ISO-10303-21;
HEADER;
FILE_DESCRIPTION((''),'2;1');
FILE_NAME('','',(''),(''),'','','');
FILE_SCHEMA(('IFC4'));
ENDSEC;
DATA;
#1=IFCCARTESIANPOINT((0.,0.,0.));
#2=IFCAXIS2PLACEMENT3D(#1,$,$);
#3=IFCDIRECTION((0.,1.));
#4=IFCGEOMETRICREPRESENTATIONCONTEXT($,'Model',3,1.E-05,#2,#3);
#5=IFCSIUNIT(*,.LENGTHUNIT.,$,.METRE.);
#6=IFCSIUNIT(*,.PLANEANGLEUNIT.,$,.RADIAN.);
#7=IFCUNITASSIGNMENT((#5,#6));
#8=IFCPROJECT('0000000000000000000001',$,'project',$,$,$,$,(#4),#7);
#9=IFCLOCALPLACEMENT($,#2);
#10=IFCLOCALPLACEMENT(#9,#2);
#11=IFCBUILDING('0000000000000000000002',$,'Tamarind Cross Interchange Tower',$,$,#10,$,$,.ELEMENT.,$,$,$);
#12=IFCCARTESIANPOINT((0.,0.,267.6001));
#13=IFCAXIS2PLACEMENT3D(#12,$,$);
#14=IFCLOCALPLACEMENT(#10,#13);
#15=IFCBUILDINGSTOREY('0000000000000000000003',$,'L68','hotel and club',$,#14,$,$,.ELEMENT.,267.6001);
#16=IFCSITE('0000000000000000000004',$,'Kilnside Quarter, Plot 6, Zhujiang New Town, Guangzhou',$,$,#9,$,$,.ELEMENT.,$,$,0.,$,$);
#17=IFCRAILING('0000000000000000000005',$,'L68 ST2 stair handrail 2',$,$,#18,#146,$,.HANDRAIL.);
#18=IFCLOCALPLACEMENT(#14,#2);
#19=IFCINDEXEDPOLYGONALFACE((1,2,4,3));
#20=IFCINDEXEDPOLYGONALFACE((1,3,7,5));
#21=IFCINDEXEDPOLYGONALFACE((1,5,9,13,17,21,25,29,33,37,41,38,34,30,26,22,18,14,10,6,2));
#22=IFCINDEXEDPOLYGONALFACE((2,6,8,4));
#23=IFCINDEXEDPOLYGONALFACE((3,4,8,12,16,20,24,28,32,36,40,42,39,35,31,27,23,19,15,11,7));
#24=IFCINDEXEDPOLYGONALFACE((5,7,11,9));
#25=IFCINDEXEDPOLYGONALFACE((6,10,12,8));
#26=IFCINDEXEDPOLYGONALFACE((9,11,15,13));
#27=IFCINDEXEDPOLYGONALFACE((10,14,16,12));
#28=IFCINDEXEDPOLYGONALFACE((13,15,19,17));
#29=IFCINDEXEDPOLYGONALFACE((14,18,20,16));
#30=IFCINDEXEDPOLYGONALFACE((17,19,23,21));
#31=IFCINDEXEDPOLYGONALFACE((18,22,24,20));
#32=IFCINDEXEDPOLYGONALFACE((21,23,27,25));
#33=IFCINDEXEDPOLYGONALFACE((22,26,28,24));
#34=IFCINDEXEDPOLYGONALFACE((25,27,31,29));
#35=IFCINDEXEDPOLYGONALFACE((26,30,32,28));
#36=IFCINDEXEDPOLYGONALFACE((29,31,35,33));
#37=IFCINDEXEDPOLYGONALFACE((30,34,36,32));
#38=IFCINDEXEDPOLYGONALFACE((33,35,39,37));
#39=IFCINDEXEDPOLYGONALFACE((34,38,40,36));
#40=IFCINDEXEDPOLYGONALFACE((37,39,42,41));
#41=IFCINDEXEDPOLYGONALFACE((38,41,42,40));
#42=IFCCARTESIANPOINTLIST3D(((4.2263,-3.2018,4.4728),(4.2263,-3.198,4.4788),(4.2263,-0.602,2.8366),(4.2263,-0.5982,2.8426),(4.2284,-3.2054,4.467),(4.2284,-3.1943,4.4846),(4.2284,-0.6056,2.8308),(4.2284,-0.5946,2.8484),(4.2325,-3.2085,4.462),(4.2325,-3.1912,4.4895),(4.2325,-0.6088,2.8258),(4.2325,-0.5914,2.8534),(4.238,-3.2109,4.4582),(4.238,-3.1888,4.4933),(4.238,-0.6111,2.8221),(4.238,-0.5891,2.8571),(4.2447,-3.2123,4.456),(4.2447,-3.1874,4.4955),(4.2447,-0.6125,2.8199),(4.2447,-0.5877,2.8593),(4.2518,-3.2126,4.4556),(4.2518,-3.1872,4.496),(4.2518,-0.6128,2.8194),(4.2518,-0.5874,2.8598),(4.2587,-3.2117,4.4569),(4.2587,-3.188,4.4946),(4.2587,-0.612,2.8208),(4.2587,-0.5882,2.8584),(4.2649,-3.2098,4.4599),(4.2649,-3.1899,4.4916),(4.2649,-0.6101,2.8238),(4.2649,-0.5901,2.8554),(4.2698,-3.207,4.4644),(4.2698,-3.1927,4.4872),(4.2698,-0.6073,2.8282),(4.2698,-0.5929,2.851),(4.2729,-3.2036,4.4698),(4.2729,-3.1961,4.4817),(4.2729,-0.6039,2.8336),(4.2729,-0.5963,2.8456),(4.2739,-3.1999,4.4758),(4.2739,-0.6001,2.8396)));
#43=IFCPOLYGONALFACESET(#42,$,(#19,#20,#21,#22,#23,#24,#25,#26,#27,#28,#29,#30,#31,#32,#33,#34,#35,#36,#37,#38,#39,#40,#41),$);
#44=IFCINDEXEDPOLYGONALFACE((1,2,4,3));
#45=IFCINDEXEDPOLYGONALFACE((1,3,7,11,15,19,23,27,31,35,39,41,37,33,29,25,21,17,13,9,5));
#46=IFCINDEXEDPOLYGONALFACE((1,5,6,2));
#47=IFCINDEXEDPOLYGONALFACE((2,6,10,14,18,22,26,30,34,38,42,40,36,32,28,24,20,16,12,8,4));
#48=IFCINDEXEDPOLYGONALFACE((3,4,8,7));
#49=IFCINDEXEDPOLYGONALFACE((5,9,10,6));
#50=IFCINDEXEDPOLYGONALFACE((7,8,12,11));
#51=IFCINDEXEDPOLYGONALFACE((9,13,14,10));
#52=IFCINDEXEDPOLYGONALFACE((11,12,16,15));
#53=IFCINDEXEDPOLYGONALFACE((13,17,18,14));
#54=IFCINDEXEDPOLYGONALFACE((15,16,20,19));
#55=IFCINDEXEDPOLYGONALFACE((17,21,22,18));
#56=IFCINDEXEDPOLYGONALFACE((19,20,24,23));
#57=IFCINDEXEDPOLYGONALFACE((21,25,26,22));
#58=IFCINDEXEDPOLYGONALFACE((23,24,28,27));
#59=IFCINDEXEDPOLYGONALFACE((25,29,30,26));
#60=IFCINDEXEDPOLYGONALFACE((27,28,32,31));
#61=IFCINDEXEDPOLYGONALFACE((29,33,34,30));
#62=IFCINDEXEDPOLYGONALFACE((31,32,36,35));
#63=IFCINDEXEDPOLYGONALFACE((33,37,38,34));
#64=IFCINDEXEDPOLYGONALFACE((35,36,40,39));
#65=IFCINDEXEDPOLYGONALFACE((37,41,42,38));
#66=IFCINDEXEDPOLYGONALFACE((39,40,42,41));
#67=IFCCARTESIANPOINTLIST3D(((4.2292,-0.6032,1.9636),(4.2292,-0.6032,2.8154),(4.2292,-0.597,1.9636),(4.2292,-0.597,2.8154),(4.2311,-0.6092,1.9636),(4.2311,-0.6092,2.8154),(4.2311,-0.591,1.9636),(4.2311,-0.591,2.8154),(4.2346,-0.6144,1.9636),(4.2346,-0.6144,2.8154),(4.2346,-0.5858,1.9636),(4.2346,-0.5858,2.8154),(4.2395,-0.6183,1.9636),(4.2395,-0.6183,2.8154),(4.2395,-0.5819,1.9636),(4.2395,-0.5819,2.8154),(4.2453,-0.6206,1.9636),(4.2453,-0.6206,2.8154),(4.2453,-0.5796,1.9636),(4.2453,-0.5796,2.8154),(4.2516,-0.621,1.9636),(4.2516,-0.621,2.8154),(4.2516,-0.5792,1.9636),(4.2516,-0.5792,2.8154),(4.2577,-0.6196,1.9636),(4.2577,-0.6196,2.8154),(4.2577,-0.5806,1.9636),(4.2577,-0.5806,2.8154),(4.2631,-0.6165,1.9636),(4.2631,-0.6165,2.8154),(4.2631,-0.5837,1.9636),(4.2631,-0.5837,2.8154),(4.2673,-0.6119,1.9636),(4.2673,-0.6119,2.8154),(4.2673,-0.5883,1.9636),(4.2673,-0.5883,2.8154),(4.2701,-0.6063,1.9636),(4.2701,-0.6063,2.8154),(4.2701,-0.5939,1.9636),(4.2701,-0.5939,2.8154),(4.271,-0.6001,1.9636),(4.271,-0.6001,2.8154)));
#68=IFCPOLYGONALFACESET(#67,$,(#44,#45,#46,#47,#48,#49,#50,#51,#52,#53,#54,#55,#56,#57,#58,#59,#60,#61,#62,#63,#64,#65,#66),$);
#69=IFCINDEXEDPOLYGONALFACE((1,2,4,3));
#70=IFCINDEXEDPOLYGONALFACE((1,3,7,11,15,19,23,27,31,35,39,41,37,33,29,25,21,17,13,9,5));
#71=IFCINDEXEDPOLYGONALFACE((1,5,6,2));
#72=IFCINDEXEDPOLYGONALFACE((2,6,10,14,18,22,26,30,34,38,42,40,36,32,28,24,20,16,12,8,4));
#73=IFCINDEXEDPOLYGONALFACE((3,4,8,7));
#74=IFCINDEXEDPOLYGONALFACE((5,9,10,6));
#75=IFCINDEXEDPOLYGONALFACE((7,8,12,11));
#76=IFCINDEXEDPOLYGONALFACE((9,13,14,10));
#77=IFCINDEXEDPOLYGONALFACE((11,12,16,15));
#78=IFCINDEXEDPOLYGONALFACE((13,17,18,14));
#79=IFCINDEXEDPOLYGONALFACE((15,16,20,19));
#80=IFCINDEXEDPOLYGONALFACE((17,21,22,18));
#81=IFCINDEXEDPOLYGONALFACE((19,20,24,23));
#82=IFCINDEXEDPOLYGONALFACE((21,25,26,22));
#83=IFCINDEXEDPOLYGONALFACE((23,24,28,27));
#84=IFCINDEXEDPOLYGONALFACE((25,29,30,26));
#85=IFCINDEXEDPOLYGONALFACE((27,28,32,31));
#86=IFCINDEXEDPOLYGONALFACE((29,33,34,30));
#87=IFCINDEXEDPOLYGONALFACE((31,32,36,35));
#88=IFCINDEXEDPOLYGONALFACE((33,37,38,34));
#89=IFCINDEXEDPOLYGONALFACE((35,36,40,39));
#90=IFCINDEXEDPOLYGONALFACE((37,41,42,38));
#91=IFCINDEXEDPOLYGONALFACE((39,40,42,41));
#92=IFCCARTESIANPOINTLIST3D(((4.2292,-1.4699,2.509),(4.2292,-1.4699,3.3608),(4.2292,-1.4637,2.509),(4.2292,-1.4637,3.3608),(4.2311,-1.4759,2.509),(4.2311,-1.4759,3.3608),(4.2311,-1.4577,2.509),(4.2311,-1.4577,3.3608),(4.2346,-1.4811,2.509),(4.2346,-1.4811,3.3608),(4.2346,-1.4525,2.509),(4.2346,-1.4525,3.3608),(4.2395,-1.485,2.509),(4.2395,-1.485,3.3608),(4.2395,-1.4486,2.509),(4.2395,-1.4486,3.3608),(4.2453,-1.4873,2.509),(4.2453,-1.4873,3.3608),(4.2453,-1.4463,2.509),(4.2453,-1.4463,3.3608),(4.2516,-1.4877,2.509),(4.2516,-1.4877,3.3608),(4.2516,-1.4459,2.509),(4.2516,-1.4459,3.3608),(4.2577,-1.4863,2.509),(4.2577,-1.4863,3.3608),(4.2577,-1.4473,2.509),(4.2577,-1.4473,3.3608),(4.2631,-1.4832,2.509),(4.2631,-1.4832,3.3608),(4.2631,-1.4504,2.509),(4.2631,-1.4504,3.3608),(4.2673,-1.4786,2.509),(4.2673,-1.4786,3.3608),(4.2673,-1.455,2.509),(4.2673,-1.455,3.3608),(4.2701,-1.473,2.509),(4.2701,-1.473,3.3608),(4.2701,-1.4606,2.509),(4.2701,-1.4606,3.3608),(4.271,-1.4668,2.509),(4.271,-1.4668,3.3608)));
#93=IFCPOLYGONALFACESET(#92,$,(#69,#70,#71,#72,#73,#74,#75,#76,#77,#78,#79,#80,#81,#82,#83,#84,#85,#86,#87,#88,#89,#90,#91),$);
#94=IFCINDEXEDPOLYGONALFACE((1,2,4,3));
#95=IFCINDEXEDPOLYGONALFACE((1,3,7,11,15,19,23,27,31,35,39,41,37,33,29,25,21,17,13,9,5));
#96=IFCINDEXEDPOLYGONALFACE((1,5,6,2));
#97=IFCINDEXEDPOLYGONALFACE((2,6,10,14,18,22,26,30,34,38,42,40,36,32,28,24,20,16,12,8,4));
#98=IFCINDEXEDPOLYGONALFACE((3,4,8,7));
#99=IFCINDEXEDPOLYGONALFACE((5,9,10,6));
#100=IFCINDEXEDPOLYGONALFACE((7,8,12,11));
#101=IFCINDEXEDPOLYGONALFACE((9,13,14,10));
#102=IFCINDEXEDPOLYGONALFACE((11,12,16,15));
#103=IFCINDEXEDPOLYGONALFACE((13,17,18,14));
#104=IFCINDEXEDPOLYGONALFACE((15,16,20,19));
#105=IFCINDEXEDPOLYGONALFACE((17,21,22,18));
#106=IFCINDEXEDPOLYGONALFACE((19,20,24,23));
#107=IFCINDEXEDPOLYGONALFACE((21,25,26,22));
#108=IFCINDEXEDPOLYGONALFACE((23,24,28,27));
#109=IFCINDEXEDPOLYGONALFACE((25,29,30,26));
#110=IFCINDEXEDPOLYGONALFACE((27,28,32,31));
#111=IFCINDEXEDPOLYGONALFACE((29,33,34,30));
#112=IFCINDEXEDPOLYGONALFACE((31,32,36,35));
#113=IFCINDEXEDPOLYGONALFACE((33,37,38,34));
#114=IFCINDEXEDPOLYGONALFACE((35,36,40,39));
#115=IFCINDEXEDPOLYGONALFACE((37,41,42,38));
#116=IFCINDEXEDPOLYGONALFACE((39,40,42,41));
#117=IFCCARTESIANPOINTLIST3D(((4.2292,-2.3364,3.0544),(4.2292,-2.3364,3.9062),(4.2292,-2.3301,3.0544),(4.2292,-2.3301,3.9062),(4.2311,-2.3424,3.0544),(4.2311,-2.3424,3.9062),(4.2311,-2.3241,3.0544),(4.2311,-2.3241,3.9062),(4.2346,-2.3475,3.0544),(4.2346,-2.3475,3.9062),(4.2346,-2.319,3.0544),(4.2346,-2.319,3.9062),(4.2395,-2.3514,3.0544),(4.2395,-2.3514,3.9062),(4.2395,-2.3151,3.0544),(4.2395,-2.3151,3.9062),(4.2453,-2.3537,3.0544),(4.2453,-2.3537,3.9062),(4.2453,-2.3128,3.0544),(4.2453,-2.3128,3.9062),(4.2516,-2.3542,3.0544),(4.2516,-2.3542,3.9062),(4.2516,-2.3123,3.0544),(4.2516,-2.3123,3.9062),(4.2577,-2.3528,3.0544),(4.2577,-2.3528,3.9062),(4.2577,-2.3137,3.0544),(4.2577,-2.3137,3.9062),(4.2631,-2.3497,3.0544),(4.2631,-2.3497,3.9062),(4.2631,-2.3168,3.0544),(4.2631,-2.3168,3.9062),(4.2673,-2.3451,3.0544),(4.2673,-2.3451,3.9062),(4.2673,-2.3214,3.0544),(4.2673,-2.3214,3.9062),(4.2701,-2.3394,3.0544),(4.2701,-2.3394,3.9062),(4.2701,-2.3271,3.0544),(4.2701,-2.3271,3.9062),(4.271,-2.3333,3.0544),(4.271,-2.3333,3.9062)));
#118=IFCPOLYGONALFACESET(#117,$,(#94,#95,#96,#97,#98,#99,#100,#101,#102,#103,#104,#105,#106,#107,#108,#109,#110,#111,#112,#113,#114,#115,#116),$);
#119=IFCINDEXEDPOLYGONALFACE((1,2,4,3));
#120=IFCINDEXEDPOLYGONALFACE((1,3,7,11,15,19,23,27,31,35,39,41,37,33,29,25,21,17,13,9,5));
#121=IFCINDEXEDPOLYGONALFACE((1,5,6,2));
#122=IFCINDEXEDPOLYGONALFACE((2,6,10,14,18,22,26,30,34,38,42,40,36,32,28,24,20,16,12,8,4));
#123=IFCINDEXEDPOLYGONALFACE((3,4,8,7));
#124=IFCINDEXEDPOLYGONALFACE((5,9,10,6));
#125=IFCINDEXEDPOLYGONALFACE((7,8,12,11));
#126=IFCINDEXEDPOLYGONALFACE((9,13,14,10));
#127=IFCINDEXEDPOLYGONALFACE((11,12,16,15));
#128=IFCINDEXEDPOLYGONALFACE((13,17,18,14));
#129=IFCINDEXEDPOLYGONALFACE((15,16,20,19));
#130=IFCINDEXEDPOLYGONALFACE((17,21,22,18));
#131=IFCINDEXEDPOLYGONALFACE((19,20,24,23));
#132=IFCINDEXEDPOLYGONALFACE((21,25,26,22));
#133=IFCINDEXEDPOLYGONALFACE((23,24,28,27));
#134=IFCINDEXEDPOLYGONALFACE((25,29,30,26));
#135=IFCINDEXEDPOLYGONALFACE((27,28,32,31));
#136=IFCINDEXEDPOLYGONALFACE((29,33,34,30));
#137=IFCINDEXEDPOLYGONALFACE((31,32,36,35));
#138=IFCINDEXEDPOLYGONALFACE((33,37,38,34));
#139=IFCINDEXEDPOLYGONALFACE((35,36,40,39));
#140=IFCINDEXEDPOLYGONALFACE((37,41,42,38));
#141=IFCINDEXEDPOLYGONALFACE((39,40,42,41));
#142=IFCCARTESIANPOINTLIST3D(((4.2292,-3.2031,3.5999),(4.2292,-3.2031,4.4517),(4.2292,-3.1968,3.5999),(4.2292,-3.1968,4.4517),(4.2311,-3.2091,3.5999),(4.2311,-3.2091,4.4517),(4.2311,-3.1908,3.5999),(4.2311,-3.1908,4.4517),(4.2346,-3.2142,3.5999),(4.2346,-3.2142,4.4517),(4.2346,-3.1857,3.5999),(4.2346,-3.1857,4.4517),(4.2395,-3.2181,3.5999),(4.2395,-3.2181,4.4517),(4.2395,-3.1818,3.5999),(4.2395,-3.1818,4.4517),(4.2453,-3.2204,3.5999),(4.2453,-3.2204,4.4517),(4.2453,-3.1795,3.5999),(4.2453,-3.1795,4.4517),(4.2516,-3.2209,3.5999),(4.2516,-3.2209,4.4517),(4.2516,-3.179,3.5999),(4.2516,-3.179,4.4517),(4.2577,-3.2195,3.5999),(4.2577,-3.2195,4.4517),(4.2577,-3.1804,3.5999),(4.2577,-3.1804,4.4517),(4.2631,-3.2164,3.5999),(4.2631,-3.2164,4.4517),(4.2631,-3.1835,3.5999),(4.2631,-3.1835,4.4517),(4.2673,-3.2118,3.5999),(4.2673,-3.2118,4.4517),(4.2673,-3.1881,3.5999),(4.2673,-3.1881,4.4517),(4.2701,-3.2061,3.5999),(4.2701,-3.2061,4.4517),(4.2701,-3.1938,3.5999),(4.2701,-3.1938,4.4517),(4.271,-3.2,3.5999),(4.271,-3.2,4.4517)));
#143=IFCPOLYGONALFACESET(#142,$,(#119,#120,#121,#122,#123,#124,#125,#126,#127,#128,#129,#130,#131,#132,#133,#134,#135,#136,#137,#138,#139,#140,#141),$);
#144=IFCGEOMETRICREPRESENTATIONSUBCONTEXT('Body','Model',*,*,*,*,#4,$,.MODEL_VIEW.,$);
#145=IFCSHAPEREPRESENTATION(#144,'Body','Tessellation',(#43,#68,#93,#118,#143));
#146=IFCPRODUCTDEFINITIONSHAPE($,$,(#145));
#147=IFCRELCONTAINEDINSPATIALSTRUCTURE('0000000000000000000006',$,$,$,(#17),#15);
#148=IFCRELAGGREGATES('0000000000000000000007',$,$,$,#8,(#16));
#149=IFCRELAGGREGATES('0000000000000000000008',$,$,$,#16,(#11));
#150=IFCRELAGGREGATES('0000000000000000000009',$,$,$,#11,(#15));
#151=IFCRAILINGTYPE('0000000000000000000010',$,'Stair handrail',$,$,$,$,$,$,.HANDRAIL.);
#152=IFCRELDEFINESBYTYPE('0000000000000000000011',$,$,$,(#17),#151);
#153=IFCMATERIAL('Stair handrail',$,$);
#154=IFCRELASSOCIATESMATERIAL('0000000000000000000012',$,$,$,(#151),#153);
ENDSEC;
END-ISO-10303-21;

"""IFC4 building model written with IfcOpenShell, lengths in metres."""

from ifc_helpers import new_model, si_unit, direction, frame, origin, origin_2d, place, context, subcontext, project, spatial, circle, extrude, material, type_object, element, save


model = new_model("IFC4")

# Units and contexts
model_context = context("Model", 3, precision=1e-05, world=origin(), true_north=direction((0.0, 1.0)))
body_context = subcontext(model_context, "Body", "Model", "MODEL_VIEW")
ifc_project = project(units=[si_unit("LENGTHUNIT", "METRE"), si_unit("PLANEANGLEUNIT", "RADIAN")], contexts=[model_context])

# Site, building, storey
site_placement = place(None, origin())
site = spatial("IfcSite", under=ifc_project, at=site_placement, Name="Kilnside Quarter, Plot 6, Zhujiang New Town, Guangzhou", CompositionType="ELEMENT", RefElevation=0.0)
building_placement = place(site_placement, origin())
building = spatial("IfcBuilding", under=site, at=building_placement, Name="Tamarind Cross Interchange Tower", CompositionType="ELEMENT")
storey_placement = place(building_placement, frame((0.0, 0.0, 267.6001)))
storey = spatial("IfcBuildingStorey", under=building, at=storey_placement, Name="L68", Description="hotel and club", CompositionType="ELEMENT", Elevation=267.6001)

# Railing
ifc_material_1 = material(Name="Stair handrail")
railing_type_1 = type_object("IfcRailingType", Name="Stair handrail", PredefinedType="HANDRAIL", material=ifc_material_1)
railing_1_placement = place(storey_placement, frame((4.25, -0.6001, 1.9636)))
element("IfcRailing", 1, at=railing_1_placement, inside=storey, type_object=railing_type_1, Name="L68 ST2 stair handrail 2", PredefinedType="HANDRAIL", context=body_context, shape_type="SweptSolid", body=[
    extrude(circle(Radius=0.0239, at=origin_2d()), frame((0.0, 0.0, 0.876), z_axis=(0.0, -0.846338, 0.532647), x_axis=(1.0, 0.0, 0.0)), (0.0, 0.0, 1.0), 3.0718),
    extrude(circle(Radius=0.021, at=origin_2d()), origin(), (0.0, 0.0, 1.0), 0.8518),
    extrude(circle(Radius=0.021, at=origin_2d()), frame((0.0, -0.8667, 0.5454)), (0.0, 0.0, 1.0), 0.8518),
    extrude(circle(Radius=0.021, at=origin_2d()), frame((0.0, -1.7332, 1.0908)), (0.0, 0.0, 1.0), 0.8518),
    extrude(circle(Radius=0.021, at=origin_2d()), frame((0.0, -2.5999, 1.6362)), (0.0, 0.0, 1.0), 0.8518),
])

save(model, "model.ifc")
